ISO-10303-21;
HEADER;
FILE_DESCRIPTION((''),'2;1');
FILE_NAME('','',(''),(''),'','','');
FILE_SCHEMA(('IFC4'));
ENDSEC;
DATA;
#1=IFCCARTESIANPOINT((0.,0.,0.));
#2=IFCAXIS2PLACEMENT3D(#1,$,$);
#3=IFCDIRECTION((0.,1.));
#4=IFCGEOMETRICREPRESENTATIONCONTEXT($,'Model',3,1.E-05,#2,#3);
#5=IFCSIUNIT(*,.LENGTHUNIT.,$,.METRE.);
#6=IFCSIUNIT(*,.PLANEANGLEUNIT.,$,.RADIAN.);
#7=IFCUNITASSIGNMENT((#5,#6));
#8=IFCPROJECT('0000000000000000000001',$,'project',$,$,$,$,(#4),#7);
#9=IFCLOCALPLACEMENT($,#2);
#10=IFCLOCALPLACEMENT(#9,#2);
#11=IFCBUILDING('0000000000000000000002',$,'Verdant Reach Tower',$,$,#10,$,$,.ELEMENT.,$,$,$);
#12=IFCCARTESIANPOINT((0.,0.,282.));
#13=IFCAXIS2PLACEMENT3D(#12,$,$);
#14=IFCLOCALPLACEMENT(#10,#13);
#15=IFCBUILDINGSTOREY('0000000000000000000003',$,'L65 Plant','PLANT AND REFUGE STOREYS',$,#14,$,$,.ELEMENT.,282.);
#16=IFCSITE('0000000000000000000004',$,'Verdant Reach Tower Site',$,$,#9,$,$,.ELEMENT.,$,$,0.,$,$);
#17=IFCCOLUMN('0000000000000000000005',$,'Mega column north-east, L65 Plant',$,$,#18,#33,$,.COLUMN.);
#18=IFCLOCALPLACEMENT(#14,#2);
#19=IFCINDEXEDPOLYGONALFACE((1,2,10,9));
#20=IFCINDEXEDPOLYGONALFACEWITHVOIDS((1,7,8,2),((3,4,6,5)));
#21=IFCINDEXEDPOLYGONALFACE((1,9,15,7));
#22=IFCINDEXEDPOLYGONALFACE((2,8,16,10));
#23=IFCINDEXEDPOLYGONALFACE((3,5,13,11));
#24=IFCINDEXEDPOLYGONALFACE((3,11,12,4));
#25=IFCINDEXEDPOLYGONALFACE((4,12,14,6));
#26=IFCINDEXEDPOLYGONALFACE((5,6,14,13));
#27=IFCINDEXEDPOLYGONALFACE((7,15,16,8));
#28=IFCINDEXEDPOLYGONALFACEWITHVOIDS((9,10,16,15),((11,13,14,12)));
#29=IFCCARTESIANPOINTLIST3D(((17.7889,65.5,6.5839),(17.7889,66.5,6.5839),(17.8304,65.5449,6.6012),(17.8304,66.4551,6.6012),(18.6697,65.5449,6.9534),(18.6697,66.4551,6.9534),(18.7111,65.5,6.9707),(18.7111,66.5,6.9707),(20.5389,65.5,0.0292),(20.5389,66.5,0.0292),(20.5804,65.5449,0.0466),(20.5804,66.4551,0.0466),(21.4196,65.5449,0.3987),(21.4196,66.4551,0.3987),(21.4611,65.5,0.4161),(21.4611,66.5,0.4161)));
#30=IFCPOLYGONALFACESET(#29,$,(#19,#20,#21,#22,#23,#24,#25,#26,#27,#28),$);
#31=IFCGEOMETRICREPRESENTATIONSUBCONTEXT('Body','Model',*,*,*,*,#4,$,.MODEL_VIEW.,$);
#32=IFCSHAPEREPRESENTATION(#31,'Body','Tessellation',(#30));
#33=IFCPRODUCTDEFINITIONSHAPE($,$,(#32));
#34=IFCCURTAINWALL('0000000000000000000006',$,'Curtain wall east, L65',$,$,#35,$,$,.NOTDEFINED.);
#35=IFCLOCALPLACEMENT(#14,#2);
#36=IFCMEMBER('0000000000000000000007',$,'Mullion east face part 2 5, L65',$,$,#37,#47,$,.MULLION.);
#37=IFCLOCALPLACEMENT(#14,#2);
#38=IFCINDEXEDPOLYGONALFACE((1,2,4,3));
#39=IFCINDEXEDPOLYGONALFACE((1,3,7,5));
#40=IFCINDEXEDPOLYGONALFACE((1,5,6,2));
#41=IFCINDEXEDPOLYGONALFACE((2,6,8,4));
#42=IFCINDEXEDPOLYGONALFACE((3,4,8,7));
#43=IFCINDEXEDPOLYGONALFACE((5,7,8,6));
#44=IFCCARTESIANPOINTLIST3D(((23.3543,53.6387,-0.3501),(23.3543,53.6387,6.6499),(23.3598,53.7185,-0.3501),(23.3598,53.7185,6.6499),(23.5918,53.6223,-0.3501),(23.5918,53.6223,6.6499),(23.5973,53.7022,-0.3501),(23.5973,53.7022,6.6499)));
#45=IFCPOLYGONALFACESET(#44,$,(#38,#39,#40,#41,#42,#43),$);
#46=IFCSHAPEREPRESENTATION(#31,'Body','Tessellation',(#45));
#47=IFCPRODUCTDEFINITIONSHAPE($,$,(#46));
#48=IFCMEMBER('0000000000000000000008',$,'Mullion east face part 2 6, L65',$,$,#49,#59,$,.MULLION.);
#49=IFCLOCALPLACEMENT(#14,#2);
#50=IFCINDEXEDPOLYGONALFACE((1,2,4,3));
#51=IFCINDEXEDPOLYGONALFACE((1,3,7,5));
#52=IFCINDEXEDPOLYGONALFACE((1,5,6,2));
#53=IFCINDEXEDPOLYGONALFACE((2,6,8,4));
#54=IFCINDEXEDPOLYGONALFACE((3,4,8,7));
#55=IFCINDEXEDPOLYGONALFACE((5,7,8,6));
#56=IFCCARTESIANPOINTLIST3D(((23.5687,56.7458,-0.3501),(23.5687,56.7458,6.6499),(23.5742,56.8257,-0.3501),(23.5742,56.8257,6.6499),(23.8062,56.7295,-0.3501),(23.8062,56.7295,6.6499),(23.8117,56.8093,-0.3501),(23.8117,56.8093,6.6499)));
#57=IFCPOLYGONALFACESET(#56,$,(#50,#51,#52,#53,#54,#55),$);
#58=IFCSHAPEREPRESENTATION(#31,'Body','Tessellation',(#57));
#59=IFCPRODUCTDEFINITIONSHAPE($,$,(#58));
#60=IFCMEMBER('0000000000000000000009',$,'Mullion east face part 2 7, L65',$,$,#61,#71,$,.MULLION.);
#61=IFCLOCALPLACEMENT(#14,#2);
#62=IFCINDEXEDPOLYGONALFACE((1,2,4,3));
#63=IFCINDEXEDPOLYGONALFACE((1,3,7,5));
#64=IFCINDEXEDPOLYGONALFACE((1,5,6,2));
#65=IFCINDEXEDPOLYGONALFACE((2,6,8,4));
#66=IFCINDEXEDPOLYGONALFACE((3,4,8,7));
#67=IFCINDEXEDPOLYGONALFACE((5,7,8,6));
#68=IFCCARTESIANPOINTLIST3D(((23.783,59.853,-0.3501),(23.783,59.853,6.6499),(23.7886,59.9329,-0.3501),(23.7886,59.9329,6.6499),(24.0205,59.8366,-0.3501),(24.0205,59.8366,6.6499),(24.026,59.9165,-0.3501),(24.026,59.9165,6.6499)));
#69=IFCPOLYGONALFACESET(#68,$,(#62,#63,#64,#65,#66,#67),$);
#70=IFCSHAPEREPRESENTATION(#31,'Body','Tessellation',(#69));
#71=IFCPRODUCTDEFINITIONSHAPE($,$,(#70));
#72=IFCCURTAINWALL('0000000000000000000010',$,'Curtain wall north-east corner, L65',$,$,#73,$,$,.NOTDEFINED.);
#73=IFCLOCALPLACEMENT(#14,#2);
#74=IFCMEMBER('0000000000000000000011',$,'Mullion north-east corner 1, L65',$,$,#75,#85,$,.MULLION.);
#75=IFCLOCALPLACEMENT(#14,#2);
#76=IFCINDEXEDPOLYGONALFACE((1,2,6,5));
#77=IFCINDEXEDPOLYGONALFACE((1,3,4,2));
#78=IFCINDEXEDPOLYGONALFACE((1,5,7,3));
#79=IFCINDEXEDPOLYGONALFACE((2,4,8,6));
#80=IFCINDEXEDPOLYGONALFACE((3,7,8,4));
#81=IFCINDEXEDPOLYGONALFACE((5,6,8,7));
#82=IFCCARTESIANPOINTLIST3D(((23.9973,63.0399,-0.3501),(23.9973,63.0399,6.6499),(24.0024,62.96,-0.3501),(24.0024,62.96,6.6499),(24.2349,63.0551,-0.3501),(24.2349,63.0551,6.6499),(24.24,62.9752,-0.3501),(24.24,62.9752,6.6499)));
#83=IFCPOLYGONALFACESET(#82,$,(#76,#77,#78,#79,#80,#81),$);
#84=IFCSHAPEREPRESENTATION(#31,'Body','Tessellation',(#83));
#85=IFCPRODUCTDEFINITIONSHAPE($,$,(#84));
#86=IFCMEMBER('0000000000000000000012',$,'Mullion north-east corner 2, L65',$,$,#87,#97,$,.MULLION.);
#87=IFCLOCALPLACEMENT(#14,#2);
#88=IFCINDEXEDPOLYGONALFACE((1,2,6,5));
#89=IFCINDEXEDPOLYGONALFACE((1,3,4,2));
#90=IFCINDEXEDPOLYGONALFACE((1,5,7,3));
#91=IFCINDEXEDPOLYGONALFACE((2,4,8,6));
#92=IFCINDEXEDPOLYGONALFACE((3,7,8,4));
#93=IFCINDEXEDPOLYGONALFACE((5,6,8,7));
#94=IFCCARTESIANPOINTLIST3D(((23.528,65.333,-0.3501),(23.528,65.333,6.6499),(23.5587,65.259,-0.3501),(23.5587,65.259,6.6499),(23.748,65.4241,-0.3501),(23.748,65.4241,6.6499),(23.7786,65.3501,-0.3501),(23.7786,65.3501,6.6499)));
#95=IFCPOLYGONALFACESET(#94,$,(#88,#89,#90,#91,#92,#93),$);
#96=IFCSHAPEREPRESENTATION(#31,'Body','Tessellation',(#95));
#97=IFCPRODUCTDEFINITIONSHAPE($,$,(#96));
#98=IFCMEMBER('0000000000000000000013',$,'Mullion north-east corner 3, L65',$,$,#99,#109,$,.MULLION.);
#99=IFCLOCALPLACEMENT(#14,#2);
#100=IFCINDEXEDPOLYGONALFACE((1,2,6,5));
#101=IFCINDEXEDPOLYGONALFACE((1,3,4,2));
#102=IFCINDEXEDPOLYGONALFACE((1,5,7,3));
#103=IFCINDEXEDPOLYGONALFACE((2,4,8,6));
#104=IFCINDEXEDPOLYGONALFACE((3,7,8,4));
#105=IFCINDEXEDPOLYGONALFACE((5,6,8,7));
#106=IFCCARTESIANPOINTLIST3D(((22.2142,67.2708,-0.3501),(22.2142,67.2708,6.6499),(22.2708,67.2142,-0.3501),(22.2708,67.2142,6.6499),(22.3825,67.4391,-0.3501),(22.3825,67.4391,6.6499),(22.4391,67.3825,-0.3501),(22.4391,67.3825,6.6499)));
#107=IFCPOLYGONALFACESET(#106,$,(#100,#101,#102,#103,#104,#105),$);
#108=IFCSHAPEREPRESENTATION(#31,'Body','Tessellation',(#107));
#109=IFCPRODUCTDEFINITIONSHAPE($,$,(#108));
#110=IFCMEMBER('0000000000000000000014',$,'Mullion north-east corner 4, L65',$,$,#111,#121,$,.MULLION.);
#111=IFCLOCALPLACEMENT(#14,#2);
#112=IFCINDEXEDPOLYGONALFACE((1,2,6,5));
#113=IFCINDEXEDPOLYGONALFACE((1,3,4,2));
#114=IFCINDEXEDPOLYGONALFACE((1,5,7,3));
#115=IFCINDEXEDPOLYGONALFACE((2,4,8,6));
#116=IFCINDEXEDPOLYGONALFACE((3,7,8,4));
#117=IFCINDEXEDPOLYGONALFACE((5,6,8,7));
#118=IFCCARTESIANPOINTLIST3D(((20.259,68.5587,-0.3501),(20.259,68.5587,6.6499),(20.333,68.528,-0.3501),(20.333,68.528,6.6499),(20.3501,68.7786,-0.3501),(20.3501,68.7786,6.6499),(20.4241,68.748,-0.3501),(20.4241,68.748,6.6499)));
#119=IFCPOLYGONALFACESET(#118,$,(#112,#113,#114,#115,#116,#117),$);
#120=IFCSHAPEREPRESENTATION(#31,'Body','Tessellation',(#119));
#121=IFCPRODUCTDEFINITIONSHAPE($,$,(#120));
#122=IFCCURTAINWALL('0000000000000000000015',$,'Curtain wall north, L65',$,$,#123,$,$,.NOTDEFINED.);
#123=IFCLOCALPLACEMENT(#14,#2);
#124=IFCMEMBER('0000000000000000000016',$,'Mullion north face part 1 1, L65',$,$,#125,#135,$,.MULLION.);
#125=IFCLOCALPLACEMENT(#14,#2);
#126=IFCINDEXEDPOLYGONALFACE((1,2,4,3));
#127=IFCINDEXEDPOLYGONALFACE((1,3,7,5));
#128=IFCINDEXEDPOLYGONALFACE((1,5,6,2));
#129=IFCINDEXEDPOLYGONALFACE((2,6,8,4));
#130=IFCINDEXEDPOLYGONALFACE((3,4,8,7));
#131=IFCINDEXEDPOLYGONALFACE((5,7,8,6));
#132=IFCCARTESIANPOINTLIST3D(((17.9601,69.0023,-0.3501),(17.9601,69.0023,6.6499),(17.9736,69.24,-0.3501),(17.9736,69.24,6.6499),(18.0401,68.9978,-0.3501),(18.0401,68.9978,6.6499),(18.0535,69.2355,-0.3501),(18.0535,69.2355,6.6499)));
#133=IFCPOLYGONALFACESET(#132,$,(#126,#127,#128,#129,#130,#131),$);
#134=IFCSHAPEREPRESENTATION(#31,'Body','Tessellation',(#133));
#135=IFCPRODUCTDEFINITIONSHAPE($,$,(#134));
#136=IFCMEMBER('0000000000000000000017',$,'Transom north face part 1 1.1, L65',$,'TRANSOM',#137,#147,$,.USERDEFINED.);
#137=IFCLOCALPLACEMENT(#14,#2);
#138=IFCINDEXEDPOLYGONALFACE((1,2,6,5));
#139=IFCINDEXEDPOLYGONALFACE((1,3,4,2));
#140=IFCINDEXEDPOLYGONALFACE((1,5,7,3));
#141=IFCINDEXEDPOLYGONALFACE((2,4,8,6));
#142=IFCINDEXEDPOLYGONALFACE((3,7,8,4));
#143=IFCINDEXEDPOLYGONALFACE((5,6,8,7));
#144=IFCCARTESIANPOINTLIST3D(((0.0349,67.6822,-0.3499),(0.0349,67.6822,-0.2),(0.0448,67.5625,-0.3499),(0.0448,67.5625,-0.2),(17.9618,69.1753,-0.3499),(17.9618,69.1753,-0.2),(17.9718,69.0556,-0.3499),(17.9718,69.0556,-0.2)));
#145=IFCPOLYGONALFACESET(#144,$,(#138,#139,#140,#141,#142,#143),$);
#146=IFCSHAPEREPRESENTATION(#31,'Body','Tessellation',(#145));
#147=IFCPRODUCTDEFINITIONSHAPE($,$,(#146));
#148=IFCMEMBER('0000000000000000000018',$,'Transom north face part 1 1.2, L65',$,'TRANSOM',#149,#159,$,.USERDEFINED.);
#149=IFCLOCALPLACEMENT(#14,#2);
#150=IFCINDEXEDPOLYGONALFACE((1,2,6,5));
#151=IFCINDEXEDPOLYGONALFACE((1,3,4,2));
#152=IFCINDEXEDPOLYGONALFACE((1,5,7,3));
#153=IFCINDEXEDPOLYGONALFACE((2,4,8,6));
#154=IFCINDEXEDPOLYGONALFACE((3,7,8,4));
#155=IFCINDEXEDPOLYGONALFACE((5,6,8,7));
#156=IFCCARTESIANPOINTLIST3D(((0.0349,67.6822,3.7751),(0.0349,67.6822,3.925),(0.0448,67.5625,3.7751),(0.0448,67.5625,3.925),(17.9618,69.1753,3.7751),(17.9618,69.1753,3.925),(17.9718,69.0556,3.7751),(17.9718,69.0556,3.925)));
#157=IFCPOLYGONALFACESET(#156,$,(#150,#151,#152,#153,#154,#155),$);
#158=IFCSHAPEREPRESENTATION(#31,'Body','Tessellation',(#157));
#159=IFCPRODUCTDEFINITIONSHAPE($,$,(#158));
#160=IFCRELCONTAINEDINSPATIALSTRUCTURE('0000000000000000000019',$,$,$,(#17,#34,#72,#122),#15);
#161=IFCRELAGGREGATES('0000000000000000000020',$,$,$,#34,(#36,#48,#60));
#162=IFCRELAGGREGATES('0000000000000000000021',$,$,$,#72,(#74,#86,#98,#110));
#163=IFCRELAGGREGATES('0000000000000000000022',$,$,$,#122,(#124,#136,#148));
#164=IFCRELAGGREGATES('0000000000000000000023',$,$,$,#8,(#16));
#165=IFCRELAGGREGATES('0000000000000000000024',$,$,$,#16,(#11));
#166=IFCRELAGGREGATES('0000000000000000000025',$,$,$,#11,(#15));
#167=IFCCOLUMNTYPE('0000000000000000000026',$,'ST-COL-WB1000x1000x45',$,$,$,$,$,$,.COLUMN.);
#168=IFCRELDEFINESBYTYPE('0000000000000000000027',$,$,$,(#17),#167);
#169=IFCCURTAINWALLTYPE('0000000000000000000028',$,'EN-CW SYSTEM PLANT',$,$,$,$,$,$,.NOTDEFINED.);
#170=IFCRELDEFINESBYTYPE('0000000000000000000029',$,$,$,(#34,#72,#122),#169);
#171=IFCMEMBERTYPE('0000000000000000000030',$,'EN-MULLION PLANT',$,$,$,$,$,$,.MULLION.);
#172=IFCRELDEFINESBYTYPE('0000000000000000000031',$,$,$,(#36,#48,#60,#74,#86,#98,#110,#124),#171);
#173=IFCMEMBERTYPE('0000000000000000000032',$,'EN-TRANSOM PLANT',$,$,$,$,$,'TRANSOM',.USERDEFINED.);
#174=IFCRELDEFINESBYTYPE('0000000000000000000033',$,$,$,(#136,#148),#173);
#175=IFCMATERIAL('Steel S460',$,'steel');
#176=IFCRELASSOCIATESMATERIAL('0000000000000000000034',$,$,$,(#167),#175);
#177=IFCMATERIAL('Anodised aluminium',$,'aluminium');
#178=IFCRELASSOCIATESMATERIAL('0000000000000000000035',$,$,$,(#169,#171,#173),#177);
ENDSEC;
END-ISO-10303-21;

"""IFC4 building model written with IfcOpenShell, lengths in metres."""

from ifc_helpers import new_model, si_unit, direction, frame, origin, origin_2d, place, context, subcontext, project, spatial, rectangle, hollow_rectangle, extrude, material, material_profile, profile_set, type_object, element, aggregate, save


model = new_model("IFC4")

# Units and contexts
model_context = context("Model", 3, precision=1e-05, world=origin(), true_north=direction((0.0, 1.0)))
body_context = subcontext(model_context, "Body", "Model", "MODEL_VIEW")
ifc_project = project(units=[si_unit("LENGTHUNIT", "METRE"), si_unit("PLANEANGLEUNIT", "RADIAN")], contexts=[model_context])

# Site, building, storey
site_placement = place(None, origin())
site = spatial("IfcSite", under=ifc_project, at=site_placement, Name="Verdant Reach Tower Site", CompositionType="ELEMENT", RefElevation=0.0)
building_placement = place(site_placement, origin())
building = spatial("IfcBuilding", under=site, at=building_placement, Name="Verdant Reach Tower", CompositionType="ELEMENT")
storey_placement = place(building_placement, frame((0.0, 0.0, 282.0)))
storey = spatial("IfcBuildingStorey", under=building, at=storey_placement, Name="L65 Plant", Description="PLANT AND REFUGE STOREYS", CompositionType="ELEMENT", Elevation=282.0)

# Column
ifc_material_1 = material(Name="Steel S460", Category="steel")
ifc_material_profile_1 = material_profile(ifc_material_1, hollow_rectangle(XDim=1.0, YDim=1.0, WallThickness=0.0449, at=origin_2d()), Name="WB 1000x1000x45")
ifc_profile_set_1 = profile_set([ifc_material_profile_1], Name="Steel S460")
column_type = type_object("IfcColumnType", Name="ST-COL-WB1000x1000x45", PredefinedType="COLUMN", material=ifc_profile_set_1)
column_placement = place(storey_placement, frame((21.0, 66.0, 0.2227), z_axis=(-0.386877, 0.0, 0.922131), x_axis=(0.0, -1.0, 0.0)))
element("IfcColumn", 1, at=column_placement, inside=storey, type_object=column_type, Name="Mega column north-east, L65 Plant", PredefinedType="COLUMN", context=body_context, shape_type="SweptSolid", body=[
    extrude(hollow_rectangle(XDim=1.0, YDim=1.0, WallThickness=0.0449, at=origin_2d()), origin(), (0.0, 0.0, 1.0), 7.1082),
])

# Curtain walls, members
ifc_material_2 = material(Name="Anodised aluminium", Category="aluminium")
curtain_wall_type = type_object("IfcCurtainWallType", Name="EN-CW SYSTEM PLANT", PredefinedType="NOTDEFINED", material=ifc_material_2)
curtain_wall_1_placement = place(storey_placement, origin())
curtain_wall_1 = element("IfcCurtainWall", 2, at=curtain_wall_1_placement, inside=storey, type_object=curtain_wall_type, Name="Curtain wall east, L65", PredefinedType="NOTDEFINED")
ifc_material_profile_2 = material_profile(ifc_material_2, rectangle(XDim=0.238, YDim=0.0801, at=origin_2d()), Name="Mullion 80x240")
ifc_profile_set_2 = profile_set([ifc_material_profile_2], Name="Anodised aluminium")
member_type_1 = type_object("IfcMemberType", Name="EN-MULLION PLANT", PredefinedType="MULLION", material=ifc_profile_set_2)
member_1_placement = place(storey_placement, frame((23.4758, 53.6704, -0.3501), z_axis=(0.0, 0.0, 1.0), x_axis=(0.99763, -0.068802, 0.0)))
member_1 = element("IfcMember", 3, at=member_1_placement, type_object=member_type_1, Name="Mullion east face part 2 5, L65", PredefinedType="MULLION", context=body_context, shape_type="SweptSolid", body=[
    extrude(rectangle(XDim=0.238, YDim=0.0801, at=origin_2d()), origin(), (0.0, 0.0, 1.0), 7.0),
])
member_2_placement = place(storey_placement, frame((23.6902, 56.7776, -0.3501), z_axis=(0.0, 0.0, 1.0), x_axis=(0.99763, -0.068802, 0.0)))
member_2 = element("IfcMember", 4, at=member_2_placement, type_object=member_type_1, Name="Mullion east face part 2 6, L65", PredefinedType="MULLION", context=body_context, shape_type="SweptSolid", body=[
    extrude(rectangle(XDim=0.238, YDim=0.0801, at=origin_2d()), origin(), (0.0, 0.0, 1.0), 7.0),
])
member_3_placement = place(storey_placement, frame((23.9045, 59.8848, -0.3501), z_axis=(0.0, 0.0, 1.0), x_axis=(0.99763, -0.068802, 0.0)))
member_3 = element("IfcMember", 5, at=member_3_placement, type_object=member_type_1, Name="Mullion east face part 2 7, L65", PredefinedType="MULLION", context=body_context, shape_type="SweptSolid", body=[
    extrude(rectangle(XDim=0.238, YDim=0.0801, at=origin_2d()), origin(), (0.0, 0.0, 1.0), 7.0),
])
curtain_wall_2_placement = place(storey_placement, origin())
curtain_wall_2 = element("IfcCurtainWall", 6, at=curtain_wall_2_placement, inside=storey, type_object=curtain_wall_type, Name="Curtain wall north-east corner, L65", PredefinedType="NOTDEFINED")
member_4_placement = place(storey_placement, frame((24.1187, 63.0076, -0.3501), z_axis=(0.0, 0.0, 1.0), x_axis=(0.997969, 0.063699, 0.0)))
member_4 = element("IfcMember", 7, at=member_4_placement, type_object=member_type_1, Name="Mullion north-east corner 1, L65", PredefinedType="MULLION", context=body_context, shape_type="SweptSolid", body=[
    extrude(rectangle(XDim=0.238, YDim=0.0801, at=origin_2d()), origin(), (0.0, 0.0, 1.0), 7.0),
])
member_5_placement = place(storey_placement, frame((23.6533, 65.3416, -0.3501), z_axis=(0.0, 0.0, 1.0), x_axis=(0.923875, 0.382694, 0.0)))
member_5 = element("IfcMember", 8, at=member_5_placement, type_object=member_type_1, Name="Mullion north-east corner 2, L65", PredefinedType="MULLION", context=body_context, shape_type="SweptSolid", body=[
    extrude(rectangle(XDim=0.238, YDim=0.0801, at=origin_2d()), origin(), (0.0, 0.0, 1.0), 7.0),
])
member_6_placement = place(storey_placement, frame((22.3267, 67.3267, -0.3501), z_axis=(0.0, 0.0, 1.0), x_axis=(0.707107, 0.707107, 0.0)))
member_6 = element("IfcMember", 9, at=member_6_placement, type_object=member_type_1, Name="Mullion north-east corner 3, L65", PredefinedType="MULLION", context=body_context, shape_type="SweptSolid", body=[
    extrude(rectangle(XDim=0.238, YDim=0.0801, at=origin_2d()), origin(), (0.0, 0.0, 1.0), 7.0),
])
member_7_placement = place(storey_placement, frame((20.3416, 68.6533, -0.3501), z_axis=(0.0, 0.0, 1.0), x_axis=(0.382694, 0.923875, 0.0)))
member_7 = element("IfcMember", 10, at=member_7_placement, type_object=member_type_1, Name="Mullion north-east corner 4, L65", PredefinedType="MULLION", context=body_context, shape_type="SweptSolid", body=[
    extrude(rectangle(XDim=0.238, YDim=0.0801, at=origin_2d()), origin(), (0.0, 0.0, 1.0), 7.0),
])
curtain_wall_3_placement = place(storey_placement, origin())
curtain_wall_3 = element("IfcCurtainWall", 11, at=curtain_wall_3_placement, inside=storey, type_object=curtain_wall_type, Name="Curtain wall north, L65", PredefinedType="NOTDEFINED")
member_8_placement = place(storey_placement, frame((18.0068, 69.1189, -0.3501), z_axis=(0.0, 0.0, 1.0), x_axis=(0.056569, 0.998399, 0.0)))
member_8 = element("IfcMember", 12, at=member_8_placement, type_object=member_type_1, Name="Mullion north face part 1 1, L65", PredefinedType="MULLION", context=body_context, shape_type="SweptSolid", body=[
    extrude(rectangle(XDim=0.238, YDim=0.0801, at=origin_2d()), origin(), (0.0, 0.0, 1.0), 7.0),
])
ifc_material_profile_3 = material_profile(ifc_material_2, rectangle(XDim=0.1201, YDim=0.1499, at=origin_2d()), Name="Transom 150x120")
ifc_profile_set_3 = profile_set([ifc_material_profile_3], Name="Anodised aluminium")
member_type_2 = type_object("IfcMemberType", Name="EN-TRANSOM PLANT", ElementType="TRANSOM", PredefinedType="USERDEFINED", material=ifc_profile_set_3)
member_9_placement = place(storey_placement, frame((17.9668, 69.1155, -0.2749), z_axis=(-0.996549, -0.083004, 0.0), x_axis=(0.083004, -0.996549, 0.0)))
member_9 = element("IfcMember", 13, at=member_9_placement, type_object=member_type_2, Name="Transom north face part 1 1.1, L65", ObjectType="TRANSOM", PredefinedType="USERDEFINED", context=body_context, shape_type="SweptSolid", body=[
    extrude(rectangle(XDim=0.1201, YDim=0.1499, at=origin_2d()), origin(), (0.0, 0.0, 1.0), 17.989),
])
member_10_placement = place(storey_placement, frame((17.9668, 69.1155, 3.8501), z_axis=(-0.996549, -0.083004, 0.0), x_axis=(0.083004, -0.996549, 0.0)))
member_10 = element("IfcMember", 14, at=member_10_placement, type_object=member_type_2, Name="Transom north face part 1 1.2, L65", ObjectType="TRANSOM", PredefinedType="USERDEFINED", context=body_context, shape_type="SweptSolid", body=[
    extrude(rectangle(XDim=0.1201, YDim=0.1499, at=origin_2d()), origin(), (0.0, 0.0, 1.0), 17.989),
])

aggregate(curtain_wall_1, [member_1, member_2, member_3])
aggregate(curtain_wall_2, [member_4, member_5, member_6, member_7])
aggregate(curtain_wall_3, [member_8, member_9, member_10])

save(model, "model.ifc")
